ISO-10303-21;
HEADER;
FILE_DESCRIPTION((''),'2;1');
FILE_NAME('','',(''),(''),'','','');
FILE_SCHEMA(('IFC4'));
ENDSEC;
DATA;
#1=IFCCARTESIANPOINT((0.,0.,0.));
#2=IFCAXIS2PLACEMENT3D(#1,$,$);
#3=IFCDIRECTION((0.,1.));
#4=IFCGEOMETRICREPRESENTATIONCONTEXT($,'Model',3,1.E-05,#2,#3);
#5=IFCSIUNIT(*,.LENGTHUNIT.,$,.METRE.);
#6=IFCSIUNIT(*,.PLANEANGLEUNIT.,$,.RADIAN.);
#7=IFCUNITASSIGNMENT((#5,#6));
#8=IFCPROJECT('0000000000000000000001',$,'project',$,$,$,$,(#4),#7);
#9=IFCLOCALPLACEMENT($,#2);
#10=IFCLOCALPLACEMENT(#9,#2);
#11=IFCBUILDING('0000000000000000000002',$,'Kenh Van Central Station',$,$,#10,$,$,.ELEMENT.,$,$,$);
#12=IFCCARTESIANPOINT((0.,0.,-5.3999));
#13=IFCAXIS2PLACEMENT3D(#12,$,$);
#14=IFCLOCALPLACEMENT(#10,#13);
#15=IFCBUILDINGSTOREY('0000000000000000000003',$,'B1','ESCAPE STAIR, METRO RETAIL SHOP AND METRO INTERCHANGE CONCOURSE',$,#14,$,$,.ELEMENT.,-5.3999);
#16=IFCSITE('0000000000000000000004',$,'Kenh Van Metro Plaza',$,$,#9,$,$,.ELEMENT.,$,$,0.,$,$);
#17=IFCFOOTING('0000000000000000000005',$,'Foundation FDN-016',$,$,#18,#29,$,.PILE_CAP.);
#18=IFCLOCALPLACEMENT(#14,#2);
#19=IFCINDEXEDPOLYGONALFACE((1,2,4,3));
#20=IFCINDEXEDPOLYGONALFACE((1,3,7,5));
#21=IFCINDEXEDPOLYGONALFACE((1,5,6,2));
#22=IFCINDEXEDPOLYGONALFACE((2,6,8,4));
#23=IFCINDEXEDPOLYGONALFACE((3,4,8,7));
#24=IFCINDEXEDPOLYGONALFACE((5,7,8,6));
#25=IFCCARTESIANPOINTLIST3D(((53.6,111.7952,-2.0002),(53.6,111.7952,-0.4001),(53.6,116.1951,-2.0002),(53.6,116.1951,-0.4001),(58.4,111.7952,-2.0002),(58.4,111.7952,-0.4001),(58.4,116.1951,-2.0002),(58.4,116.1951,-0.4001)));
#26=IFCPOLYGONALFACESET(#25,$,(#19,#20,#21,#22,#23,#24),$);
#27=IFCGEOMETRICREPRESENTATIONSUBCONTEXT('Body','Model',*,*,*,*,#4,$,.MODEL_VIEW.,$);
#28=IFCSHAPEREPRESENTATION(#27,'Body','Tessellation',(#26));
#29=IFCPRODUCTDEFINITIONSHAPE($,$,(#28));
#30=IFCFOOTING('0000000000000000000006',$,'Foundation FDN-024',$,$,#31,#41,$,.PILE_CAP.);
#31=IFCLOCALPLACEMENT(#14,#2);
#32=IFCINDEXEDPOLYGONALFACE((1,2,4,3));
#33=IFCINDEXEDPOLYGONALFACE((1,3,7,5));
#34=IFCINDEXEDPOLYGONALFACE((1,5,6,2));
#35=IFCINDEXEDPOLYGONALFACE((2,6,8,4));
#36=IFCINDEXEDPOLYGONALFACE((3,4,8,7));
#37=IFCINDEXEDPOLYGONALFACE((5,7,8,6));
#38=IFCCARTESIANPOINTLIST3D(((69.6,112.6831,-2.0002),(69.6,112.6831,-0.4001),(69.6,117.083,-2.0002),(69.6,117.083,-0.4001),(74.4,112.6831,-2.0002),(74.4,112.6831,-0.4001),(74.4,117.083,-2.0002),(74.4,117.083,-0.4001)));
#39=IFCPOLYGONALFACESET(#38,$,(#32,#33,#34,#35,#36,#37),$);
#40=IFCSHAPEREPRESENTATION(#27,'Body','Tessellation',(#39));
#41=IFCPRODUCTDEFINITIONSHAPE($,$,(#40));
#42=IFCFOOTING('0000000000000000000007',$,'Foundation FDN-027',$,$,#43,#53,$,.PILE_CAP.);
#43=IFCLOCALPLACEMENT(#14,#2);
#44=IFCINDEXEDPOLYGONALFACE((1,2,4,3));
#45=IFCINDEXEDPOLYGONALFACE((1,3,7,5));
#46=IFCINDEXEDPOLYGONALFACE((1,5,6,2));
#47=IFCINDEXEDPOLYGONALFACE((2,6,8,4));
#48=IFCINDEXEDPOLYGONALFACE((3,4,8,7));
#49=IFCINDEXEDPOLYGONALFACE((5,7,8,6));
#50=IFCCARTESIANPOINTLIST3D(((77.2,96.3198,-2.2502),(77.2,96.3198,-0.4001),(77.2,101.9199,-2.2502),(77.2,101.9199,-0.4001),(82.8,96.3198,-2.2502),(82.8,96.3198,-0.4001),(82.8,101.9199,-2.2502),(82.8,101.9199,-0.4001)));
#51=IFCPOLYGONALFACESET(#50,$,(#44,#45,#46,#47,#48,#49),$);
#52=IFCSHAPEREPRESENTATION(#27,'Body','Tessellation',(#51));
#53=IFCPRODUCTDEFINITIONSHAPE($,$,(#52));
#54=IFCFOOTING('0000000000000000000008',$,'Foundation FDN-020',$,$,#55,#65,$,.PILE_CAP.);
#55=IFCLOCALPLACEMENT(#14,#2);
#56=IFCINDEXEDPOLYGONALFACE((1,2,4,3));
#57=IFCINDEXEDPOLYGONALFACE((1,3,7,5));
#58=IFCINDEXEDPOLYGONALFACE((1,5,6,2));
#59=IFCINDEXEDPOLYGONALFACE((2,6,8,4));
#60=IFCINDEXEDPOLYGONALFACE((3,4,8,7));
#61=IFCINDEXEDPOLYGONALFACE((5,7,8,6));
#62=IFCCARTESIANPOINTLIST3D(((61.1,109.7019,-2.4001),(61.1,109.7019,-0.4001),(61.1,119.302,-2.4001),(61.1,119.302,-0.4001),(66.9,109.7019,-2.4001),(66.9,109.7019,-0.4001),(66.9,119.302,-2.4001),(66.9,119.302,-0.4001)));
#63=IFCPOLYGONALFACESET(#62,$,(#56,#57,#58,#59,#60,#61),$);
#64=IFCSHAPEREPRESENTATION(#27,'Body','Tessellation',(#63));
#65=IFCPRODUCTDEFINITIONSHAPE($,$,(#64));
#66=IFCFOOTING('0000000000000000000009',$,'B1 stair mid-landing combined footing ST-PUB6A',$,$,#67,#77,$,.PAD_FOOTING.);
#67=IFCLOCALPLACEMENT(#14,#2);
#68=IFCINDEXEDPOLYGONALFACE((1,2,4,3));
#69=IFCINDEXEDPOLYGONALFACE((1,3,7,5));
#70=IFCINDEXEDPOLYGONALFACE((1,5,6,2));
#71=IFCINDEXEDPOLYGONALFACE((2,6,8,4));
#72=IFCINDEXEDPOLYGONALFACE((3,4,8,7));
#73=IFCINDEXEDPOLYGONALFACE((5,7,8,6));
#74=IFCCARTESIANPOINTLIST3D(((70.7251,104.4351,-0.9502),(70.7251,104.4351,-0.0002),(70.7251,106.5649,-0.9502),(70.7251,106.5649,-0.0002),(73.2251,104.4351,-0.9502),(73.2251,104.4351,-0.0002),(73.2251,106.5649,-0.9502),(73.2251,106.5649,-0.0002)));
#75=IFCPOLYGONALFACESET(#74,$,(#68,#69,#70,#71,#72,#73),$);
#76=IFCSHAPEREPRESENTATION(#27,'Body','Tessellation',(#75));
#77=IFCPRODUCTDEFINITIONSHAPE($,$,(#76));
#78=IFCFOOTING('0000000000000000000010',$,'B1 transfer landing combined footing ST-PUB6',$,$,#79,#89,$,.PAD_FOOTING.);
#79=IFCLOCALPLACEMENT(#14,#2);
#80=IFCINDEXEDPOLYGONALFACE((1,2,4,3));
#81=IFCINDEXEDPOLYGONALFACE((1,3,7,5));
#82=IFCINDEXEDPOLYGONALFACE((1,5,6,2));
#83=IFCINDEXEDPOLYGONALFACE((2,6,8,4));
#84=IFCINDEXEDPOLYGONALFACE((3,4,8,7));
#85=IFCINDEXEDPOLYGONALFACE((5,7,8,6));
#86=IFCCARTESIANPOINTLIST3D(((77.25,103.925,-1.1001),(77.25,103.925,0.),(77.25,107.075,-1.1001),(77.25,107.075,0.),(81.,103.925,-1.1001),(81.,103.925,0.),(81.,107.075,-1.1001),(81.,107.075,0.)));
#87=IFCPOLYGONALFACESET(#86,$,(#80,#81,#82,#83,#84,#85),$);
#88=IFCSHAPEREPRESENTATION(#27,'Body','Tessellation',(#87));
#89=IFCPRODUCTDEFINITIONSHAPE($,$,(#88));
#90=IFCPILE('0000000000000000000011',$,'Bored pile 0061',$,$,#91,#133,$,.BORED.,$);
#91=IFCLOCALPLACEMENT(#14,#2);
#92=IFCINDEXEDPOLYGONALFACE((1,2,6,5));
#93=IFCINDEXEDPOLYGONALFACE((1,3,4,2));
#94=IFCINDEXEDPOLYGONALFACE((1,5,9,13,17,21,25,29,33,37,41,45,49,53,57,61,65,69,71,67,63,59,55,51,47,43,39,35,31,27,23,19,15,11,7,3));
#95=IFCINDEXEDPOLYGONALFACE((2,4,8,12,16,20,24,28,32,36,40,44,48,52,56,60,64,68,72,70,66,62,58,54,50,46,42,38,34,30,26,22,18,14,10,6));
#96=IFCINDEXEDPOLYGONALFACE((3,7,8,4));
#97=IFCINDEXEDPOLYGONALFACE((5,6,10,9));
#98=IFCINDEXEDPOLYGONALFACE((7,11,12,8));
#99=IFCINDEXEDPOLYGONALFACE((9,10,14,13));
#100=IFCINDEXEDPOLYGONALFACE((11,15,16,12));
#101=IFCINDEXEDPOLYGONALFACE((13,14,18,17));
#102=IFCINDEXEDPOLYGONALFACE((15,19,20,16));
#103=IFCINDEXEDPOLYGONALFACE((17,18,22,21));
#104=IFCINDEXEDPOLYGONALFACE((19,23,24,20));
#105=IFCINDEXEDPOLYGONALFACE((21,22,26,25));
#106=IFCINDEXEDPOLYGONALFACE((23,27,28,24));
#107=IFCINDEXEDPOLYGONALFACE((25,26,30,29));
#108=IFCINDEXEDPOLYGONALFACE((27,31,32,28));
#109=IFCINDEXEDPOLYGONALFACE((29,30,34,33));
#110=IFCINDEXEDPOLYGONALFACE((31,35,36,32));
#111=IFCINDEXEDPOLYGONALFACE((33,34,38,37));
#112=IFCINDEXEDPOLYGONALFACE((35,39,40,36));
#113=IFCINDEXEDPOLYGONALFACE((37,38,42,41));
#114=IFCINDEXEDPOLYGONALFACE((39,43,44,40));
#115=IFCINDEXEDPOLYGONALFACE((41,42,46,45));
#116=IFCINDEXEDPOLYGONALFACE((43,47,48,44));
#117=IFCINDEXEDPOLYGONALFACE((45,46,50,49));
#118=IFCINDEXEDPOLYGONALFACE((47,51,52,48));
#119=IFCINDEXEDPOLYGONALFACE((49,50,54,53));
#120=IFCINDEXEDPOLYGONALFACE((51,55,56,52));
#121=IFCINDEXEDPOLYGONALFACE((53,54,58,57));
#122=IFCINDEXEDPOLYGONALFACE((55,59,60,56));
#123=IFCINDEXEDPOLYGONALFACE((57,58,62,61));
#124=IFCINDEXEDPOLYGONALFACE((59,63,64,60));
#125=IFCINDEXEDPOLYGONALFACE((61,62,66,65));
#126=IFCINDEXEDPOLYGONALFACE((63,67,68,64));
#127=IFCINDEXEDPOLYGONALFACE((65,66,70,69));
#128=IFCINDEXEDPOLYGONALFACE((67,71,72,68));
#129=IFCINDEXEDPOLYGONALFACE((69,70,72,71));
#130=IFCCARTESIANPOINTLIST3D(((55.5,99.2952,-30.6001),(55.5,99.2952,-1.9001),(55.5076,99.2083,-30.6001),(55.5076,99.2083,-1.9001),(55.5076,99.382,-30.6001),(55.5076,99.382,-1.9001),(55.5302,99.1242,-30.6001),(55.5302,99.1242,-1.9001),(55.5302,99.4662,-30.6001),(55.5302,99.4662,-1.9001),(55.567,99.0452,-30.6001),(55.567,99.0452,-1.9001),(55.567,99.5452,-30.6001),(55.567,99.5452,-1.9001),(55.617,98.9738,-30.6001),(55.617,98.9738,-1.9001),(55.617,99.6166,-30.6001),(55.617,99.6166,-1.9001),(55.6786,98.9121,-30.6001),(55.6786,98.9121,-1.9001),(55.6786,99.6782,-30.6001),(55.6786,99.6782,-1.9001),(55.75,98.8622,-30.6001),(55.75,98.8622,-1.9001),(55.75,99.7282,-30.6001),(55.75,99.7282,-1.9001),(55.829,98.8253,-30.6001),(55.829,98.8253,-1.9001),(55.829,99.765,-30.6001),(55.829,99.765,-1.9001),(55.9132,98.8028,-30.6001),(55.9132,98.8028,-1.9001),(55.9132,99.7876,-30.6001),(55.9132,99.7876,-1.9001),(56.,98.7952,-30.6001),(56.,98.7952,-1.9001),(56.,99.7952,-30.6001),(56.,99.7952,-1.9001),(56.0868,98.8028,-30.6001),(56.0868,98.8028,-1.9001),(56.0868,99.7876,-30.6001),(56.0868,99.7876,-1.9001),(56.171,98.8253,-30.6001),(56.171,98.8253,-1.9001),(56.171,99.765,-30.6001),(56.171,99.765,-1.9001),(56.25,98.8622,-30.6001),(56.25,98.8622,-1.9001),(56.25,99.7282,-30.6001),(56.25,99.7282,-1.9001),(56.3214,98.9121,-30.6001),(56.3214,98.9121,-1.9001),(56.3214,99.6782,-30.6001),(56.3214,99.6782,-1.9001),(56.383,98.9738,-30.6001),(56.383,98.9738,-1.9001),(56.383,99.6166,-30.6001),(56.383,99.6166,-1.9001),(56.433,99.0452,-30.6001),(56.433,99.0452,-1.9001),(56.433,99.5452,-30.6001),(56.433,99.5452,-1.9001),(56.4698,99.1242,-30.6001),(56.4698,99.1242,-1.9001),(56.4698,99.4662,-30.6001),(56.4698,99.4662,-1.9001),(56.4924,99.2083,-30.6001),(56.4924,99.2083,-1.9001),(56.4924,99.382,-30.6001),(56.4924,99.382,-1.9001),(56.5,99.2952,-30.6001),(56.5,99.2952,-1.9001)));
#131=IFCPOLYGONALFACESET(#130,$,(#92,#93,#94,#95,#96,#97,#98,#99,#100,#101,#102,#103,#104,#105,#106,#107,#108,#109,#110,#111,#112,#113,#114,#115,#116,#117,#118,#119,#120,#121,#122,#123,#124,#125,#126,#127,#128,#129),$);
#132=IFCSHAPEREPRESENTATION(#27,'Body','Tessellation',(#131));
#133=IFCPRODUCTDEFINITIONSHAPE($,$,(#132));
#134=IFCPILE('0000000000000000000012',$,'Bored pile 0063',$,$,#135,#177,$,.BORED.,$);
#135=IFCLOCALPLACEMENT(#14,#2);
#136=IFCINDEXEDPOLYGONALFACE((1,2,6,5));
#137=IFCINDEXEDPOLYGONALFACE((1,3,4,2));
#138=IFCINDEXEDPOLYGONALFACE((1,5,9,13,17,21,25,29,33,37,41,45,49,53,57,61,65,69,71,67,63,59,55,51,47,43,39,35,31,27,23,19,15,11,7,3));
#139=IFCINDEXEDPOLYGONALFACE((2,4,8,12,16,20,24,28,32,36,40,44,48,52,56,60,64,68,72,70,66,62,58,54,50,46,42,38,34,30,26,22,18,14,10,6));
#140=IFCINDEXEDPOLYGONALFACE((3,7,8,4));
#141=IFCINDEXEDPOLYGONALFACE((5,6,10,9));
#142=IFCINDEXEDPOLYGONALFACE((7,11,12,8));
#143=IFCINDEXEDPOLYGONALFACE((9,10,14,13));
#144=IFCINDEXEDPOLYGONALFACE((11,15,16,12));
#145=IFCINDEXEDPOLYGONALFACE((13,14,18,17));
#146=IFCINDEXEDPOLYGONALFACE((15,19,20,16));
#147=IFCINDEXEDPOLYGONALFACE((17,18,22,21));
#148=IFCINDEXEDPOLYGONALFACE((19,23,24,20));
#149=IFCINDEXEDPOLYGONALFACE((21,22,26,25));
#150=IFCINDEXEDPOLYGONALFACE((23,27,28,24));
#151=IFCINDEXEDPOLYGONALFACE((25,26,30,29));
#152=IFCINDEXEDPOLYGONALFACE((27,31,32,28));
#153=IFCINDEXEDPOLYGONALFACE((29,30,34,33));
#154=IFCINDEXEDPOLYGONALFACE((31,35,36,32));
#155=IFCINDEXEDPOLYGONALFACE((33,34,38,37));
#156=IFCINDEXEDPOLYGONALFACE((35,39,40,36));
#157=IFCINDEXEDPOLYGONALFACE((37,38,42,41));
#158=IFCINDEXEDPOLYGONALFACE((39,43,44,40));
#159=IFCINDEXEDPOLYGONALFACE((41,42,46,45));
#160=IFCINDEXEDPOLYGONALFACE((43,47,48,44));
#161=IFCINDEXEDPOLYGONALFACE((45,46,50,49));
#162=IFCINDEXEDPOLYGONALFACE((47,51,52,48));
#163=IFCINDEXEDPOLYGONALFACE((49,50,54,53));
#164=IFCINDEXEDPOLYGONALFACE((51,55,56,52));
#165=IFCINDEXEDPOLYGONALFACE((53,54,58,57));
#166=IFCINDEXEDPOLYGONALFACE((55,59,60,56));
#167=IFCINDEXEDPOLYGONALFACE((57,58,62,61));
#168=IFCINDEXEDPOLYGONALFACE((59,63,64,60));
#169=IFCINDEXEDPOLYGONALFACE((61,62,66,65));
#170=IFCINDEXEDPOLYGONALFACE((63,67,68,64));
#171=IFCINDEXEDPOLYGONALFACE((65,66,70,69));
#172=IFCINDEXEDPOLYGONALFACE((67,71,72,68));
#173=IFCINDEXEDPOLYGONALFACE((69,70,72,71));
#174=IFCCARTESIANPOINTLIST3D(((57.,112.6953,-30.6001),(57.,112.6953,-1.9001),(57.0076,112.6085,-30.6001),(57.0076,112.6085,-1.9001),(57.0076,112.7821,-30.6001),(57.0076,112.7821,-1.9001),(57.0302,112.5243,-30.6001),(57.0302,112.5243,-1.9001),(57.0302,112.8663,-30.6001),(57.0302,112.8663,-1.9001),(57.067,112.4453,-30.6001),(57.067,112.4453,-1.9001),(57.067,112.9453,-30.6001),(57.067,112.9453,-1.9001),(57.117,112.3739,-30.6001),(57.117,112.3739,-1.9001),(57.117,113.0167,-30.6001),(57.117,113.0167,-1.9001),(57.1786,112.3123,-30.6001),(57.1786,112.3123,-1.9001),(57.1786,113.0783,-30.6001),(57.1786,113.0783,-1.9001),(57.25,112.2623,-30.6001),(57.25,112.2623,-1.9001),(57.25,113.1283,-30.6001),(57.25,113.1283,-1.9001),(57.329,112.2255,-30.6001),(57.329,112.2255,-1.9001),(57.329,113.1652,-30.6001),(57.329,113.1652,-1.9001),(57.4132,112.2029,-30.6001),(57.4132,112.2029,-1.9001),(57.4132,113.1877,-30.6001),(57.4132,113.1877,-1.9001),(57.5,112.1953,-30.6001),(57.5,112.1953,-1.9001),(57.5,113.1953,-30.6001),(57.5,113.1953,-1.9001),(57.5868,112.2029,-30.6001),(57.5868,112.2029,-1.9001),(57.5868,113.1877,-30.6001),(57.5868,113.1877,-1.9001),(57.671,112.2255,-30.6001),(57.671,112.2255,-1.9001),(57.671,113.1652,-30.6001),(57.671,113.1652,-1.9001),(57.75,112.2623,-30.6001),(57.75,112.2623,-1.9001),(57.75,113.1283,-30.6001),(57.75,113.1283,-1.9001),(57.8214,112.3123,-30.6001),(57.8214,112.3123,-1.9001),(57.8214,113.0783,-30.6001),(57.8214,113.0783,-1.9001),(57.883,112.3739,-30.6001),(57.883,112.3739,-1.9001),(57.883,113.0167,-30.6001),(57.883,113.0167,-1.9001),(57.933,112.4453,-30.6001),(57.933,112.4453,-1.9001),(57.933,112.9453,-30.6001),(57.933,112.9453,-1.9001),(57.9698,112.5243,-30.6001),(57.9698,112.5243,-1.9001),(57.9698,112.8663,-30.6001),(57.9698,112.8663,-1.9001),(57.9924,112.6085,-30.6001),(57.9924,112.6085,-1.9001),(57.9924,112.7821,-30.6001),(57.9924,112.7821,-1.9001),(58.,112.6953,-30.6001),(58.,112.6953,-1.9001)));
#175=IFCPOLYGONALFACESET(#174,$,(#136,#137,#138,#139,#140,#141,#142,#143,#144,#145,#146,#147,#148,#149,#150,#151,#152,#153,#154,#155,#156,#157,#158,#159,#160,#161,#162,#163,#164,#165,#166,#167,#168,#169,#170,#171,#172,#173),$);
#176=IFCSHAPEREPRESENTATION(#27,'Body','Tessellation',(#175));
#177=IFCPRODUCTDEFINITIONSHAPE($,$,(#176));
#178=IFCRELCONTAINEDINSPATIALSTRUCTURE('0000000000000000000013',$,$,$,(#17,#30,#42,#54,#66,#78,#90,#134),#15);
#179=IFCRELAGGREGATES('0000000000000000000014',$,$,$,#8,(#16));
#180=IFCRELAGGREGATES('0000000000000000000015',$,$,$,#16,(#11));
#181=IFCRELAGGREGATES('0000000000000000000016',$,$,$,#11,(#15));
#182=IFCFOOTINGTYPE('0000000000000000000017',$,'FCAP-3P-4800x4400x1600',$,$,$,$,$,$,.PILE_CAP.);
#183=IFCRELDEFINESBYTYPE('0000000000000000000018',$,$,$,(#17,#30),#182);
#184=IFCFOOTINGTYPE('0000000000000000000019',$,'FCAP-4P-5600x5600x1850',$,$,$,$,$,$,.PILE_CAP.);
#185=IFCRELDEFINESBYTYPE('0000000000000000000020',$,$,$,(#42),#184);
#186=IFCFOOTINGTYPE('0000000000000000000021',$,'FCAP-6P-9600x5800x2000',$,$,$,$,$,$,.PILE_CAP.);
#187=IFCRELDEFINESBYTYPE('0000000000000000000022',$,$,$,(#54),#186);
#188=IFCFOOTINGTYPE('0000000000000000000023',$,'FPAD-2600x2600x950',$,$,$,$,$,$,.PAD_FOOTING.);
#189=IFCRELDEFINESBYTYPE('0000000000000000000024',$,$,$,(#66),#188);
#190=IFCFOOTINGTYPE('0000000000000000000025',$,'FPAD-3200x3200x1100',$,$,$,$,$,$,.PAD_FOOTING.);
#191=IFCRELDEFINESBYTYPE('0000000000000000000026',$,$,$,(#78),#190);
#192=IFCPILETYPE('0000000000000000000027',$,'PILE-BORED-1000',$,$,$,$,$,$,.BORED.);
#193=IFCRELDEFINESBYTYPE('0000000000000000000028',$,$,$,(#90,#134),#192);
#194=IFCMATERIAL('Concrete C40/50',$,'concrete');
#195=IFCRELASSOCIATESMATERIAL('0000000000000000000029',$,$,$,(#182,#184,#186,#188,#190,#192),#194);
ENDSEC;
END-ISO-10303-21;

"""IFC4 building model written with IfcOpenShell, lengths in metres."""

from ifc_helpers import new_model, si_unit, direction, frame, origin, origin_2d, place, context, subcontext, project, spatial, rectangle, circle, extrude, material, material_profile, profile_set, type_object, element, save


model = new_model("IFC4")

# Units and contexts
model_context = context("Model", 3, precision=1e-05, world=origin(), true_north=direction((0.0, 1.0)))
body_context = subcontext(model_context, "Body", "Model", "MODEL_VIEW")
ifc_project = project(units=[si_unit("LENGTHUNIT", "METRE"), si_unit("PLANEANGLEUNIT", "RADIAN")], contexts=[model_context])

# Site, building, storey
site_placement = place(None, origin())
site = spatial("IfcSite", under=ifc_project, at=site_placement, Name="Kenh Van Metro Plaza", CompositionType="ELEMENT", RefElevation=0.0)
building_placement = place(site_placement, origin())
building = spatial("IfcBuilding", under=site, at=building_placement, Name="Kenh Van Central Station", CompositionType="ELEMENT")
storey_placement = place(building_placement, frame((0.0, 0.0, -5.3999)))
storey = spatial("IfcBuildingStorey", under=building, at=storey_placement, Name="B1", Description="ESCAPE STAIR, METRO RETAIL SHOP AND METRO INTERCHANGE CONCOURSE", CompositionType="ELEMENT", Elevation=-5.3999)

# Footings
ifc_material_1 = material(Name="Concrete C40/50", Category="concrete")
footing_type_1 = type_object("IfcFootingType", Name="FCAP-3P-4800x4400x1600", PredefinedType="PILE_CAP", material=ifc_material_1)
for number, where, z_axis, x_axis, name in (
    (1, (56.0, 113.9951, -2.0002), (0.0, 0.0, 1.0), (1.0, 0.0, 0.0), "Foundation FDN-016"),
    (2, (72.0, 114.8831, -2.0002), (0.0, 0.0, 1.0), (1.0, 0.0, 0.0), "Foundation FDN-024"),
):
    element("IfcFooting", number, at=place(storey_placement, frame(where, z_axis=z_axis, x_axis=x_axis)), inside=storey, type_object=footing_type_1, Name=name, PredefinedType="PILE_CAP", context=body_context, shape_type="SweptSolid", body=[
        extrude(rectangle(XDim=4.8, YDim=4.3999, at=origin_2d()), origin(), (0.0, 0.0, 1.0), 1.6001),
    ])
footing_type_2 = type_object("IfcFootingType", Name="FCAP-4P-5600x5600x1850", PredefinedType="PILE_CAP", material=ifc_material_1)
footing_1_placement = place(storey_placement, frame((80.0, 99.1199, -2.2502), z_axis=(0.0, 0.0, 1.0), x_axis=(1.0, 0.0, 0.0)))
element("IfcFooting", 3, at=footing_1_placement, inside=storey, type_object=footing_type_2, Name="Foundation FDN-027", PredefinedType="PILE_CAP", context=body_context, shape_type="SweptSolid", body=[
    extrude(rectangle(XDim=5.6001, YDim=5.6001, at=origin_2d()), origin(), (0.0, 0.0, 1.0), 1.8501),
])
footing_type_3 = type_object("IfcFootingType", Name="FCAP-6P-9600x5800x2000", PredefinedType="PILE_CAP", material=ifc_material_1)
footing_2_placement = place(storey_placement, frame((64.0, 114.502, -2.4001), z_axis=(0.0, 0.0, 1.0), x_axis=(0.0, 1.0, 0.0)))
element("IfcFooting", 4, at=footing_2_placement, inside=storey, type_object=footing_type_3, Name="Foundation FDN-020", PredefinedType="PILE_CAP", context=body_context, shape_type="SweptSolid", body=[
    extrude(rectangle(XDim=9.6001, YDim=5.8, at=origin_2d()), origin(), (0.0, 0.0, 1.0), 2.0),
])
footing_type_4 = type_object("IfcFootingType", Name="FPAD-2600x2600x950", PredefinedType="PAD_FOOTING", material=ifc_material_1)
footing_3_placement = place(storey_placement, frame((71.9751, 105.5, -0.9502), z_axis=(0.0, 0.0, 1.0), x_axis=(1.0, 0.0, 0.0)))
element("IfcFooting", 5, at=footing_3_placement, inside=storey, type_object=footing_type_4, Name="B1 stair mid-landing combined footing ST-PUB6A", PredefinedType="PAD_FOOTING", context=body_context, shape_type="SweptSolid", body=[
    extrude(rectangle(XDim=2.5, YDim=2.1299, at=origin_2d()), origin(), (0.0, 0.0, 1.0), 0.95),
])
footing_type_5 = type_object("IfcFootingType", Name="FPAD-3200x3200x1100", PredefinedType="PAD_FOOTING", material=ifc_material_1)
footing_4_placement = place(storey_placement, frame((79.125, 105.5, -1.1001), z_axis=(0.0, 0.0, 1.0), x_axis=(1.0, 0.0, 0.0)))
element("IfcFooting", 6, at=footing_4_placement, inside=storey, type_object=footing_type_5, Name="B1 transfer landing combined footing ST-PUB6", PredefinedType="PAD_FOOTING", context=body_context, shape_type="SweptSolid", body=[
    extrude(rectangle(XDim=3.75, YDim=3.1499, at=origin_2d()), origin(), (0.0, 0.0, 1.0), 1.1001),
])

# Piles
ifc_material_profile_1 = material_profile(ifc_material_1, circle(Radius=0.5, at=origin_2d()), Name="PILE D1000")
ifc_profile_set_1 = profile_set([ifc_material_profile_1], Name="Concrete C40/50")
pile_type_1 = type_object("IfcPileType", Name="PILE-BORED-1000", PredefinedType="BORED", material=ifc_profile_set_1)
for number, where, z_axis, x_axis, name in (
    (7, (56.0, 99.2952, -1.9001), (0.0, 0.0, -1.0), (1.0, 0.0, 0.0), "Bored pile 0061"),
    (8, (57.5, 112.6953, -1.9001), (0.0, 0.0, -1.0), (1.0, 0.0, 0.0), "Bored pile 0063"),
):
    element("IfcPile", number, at=place(storey_placement, frame(where, z_axis=z_axis, x_axis=x_axis)), inside=storey, type_object=pile_type_1, Name=name, PredefinedType="BORED", context=body_context, shape_type="SweptSolid", body=[
        extrude(circle(Radius=0.5, at=origin_2d()), origin(), (0.0, 0.0, 1.0), 28.7),
    ])

save(model, "model.ifc")
